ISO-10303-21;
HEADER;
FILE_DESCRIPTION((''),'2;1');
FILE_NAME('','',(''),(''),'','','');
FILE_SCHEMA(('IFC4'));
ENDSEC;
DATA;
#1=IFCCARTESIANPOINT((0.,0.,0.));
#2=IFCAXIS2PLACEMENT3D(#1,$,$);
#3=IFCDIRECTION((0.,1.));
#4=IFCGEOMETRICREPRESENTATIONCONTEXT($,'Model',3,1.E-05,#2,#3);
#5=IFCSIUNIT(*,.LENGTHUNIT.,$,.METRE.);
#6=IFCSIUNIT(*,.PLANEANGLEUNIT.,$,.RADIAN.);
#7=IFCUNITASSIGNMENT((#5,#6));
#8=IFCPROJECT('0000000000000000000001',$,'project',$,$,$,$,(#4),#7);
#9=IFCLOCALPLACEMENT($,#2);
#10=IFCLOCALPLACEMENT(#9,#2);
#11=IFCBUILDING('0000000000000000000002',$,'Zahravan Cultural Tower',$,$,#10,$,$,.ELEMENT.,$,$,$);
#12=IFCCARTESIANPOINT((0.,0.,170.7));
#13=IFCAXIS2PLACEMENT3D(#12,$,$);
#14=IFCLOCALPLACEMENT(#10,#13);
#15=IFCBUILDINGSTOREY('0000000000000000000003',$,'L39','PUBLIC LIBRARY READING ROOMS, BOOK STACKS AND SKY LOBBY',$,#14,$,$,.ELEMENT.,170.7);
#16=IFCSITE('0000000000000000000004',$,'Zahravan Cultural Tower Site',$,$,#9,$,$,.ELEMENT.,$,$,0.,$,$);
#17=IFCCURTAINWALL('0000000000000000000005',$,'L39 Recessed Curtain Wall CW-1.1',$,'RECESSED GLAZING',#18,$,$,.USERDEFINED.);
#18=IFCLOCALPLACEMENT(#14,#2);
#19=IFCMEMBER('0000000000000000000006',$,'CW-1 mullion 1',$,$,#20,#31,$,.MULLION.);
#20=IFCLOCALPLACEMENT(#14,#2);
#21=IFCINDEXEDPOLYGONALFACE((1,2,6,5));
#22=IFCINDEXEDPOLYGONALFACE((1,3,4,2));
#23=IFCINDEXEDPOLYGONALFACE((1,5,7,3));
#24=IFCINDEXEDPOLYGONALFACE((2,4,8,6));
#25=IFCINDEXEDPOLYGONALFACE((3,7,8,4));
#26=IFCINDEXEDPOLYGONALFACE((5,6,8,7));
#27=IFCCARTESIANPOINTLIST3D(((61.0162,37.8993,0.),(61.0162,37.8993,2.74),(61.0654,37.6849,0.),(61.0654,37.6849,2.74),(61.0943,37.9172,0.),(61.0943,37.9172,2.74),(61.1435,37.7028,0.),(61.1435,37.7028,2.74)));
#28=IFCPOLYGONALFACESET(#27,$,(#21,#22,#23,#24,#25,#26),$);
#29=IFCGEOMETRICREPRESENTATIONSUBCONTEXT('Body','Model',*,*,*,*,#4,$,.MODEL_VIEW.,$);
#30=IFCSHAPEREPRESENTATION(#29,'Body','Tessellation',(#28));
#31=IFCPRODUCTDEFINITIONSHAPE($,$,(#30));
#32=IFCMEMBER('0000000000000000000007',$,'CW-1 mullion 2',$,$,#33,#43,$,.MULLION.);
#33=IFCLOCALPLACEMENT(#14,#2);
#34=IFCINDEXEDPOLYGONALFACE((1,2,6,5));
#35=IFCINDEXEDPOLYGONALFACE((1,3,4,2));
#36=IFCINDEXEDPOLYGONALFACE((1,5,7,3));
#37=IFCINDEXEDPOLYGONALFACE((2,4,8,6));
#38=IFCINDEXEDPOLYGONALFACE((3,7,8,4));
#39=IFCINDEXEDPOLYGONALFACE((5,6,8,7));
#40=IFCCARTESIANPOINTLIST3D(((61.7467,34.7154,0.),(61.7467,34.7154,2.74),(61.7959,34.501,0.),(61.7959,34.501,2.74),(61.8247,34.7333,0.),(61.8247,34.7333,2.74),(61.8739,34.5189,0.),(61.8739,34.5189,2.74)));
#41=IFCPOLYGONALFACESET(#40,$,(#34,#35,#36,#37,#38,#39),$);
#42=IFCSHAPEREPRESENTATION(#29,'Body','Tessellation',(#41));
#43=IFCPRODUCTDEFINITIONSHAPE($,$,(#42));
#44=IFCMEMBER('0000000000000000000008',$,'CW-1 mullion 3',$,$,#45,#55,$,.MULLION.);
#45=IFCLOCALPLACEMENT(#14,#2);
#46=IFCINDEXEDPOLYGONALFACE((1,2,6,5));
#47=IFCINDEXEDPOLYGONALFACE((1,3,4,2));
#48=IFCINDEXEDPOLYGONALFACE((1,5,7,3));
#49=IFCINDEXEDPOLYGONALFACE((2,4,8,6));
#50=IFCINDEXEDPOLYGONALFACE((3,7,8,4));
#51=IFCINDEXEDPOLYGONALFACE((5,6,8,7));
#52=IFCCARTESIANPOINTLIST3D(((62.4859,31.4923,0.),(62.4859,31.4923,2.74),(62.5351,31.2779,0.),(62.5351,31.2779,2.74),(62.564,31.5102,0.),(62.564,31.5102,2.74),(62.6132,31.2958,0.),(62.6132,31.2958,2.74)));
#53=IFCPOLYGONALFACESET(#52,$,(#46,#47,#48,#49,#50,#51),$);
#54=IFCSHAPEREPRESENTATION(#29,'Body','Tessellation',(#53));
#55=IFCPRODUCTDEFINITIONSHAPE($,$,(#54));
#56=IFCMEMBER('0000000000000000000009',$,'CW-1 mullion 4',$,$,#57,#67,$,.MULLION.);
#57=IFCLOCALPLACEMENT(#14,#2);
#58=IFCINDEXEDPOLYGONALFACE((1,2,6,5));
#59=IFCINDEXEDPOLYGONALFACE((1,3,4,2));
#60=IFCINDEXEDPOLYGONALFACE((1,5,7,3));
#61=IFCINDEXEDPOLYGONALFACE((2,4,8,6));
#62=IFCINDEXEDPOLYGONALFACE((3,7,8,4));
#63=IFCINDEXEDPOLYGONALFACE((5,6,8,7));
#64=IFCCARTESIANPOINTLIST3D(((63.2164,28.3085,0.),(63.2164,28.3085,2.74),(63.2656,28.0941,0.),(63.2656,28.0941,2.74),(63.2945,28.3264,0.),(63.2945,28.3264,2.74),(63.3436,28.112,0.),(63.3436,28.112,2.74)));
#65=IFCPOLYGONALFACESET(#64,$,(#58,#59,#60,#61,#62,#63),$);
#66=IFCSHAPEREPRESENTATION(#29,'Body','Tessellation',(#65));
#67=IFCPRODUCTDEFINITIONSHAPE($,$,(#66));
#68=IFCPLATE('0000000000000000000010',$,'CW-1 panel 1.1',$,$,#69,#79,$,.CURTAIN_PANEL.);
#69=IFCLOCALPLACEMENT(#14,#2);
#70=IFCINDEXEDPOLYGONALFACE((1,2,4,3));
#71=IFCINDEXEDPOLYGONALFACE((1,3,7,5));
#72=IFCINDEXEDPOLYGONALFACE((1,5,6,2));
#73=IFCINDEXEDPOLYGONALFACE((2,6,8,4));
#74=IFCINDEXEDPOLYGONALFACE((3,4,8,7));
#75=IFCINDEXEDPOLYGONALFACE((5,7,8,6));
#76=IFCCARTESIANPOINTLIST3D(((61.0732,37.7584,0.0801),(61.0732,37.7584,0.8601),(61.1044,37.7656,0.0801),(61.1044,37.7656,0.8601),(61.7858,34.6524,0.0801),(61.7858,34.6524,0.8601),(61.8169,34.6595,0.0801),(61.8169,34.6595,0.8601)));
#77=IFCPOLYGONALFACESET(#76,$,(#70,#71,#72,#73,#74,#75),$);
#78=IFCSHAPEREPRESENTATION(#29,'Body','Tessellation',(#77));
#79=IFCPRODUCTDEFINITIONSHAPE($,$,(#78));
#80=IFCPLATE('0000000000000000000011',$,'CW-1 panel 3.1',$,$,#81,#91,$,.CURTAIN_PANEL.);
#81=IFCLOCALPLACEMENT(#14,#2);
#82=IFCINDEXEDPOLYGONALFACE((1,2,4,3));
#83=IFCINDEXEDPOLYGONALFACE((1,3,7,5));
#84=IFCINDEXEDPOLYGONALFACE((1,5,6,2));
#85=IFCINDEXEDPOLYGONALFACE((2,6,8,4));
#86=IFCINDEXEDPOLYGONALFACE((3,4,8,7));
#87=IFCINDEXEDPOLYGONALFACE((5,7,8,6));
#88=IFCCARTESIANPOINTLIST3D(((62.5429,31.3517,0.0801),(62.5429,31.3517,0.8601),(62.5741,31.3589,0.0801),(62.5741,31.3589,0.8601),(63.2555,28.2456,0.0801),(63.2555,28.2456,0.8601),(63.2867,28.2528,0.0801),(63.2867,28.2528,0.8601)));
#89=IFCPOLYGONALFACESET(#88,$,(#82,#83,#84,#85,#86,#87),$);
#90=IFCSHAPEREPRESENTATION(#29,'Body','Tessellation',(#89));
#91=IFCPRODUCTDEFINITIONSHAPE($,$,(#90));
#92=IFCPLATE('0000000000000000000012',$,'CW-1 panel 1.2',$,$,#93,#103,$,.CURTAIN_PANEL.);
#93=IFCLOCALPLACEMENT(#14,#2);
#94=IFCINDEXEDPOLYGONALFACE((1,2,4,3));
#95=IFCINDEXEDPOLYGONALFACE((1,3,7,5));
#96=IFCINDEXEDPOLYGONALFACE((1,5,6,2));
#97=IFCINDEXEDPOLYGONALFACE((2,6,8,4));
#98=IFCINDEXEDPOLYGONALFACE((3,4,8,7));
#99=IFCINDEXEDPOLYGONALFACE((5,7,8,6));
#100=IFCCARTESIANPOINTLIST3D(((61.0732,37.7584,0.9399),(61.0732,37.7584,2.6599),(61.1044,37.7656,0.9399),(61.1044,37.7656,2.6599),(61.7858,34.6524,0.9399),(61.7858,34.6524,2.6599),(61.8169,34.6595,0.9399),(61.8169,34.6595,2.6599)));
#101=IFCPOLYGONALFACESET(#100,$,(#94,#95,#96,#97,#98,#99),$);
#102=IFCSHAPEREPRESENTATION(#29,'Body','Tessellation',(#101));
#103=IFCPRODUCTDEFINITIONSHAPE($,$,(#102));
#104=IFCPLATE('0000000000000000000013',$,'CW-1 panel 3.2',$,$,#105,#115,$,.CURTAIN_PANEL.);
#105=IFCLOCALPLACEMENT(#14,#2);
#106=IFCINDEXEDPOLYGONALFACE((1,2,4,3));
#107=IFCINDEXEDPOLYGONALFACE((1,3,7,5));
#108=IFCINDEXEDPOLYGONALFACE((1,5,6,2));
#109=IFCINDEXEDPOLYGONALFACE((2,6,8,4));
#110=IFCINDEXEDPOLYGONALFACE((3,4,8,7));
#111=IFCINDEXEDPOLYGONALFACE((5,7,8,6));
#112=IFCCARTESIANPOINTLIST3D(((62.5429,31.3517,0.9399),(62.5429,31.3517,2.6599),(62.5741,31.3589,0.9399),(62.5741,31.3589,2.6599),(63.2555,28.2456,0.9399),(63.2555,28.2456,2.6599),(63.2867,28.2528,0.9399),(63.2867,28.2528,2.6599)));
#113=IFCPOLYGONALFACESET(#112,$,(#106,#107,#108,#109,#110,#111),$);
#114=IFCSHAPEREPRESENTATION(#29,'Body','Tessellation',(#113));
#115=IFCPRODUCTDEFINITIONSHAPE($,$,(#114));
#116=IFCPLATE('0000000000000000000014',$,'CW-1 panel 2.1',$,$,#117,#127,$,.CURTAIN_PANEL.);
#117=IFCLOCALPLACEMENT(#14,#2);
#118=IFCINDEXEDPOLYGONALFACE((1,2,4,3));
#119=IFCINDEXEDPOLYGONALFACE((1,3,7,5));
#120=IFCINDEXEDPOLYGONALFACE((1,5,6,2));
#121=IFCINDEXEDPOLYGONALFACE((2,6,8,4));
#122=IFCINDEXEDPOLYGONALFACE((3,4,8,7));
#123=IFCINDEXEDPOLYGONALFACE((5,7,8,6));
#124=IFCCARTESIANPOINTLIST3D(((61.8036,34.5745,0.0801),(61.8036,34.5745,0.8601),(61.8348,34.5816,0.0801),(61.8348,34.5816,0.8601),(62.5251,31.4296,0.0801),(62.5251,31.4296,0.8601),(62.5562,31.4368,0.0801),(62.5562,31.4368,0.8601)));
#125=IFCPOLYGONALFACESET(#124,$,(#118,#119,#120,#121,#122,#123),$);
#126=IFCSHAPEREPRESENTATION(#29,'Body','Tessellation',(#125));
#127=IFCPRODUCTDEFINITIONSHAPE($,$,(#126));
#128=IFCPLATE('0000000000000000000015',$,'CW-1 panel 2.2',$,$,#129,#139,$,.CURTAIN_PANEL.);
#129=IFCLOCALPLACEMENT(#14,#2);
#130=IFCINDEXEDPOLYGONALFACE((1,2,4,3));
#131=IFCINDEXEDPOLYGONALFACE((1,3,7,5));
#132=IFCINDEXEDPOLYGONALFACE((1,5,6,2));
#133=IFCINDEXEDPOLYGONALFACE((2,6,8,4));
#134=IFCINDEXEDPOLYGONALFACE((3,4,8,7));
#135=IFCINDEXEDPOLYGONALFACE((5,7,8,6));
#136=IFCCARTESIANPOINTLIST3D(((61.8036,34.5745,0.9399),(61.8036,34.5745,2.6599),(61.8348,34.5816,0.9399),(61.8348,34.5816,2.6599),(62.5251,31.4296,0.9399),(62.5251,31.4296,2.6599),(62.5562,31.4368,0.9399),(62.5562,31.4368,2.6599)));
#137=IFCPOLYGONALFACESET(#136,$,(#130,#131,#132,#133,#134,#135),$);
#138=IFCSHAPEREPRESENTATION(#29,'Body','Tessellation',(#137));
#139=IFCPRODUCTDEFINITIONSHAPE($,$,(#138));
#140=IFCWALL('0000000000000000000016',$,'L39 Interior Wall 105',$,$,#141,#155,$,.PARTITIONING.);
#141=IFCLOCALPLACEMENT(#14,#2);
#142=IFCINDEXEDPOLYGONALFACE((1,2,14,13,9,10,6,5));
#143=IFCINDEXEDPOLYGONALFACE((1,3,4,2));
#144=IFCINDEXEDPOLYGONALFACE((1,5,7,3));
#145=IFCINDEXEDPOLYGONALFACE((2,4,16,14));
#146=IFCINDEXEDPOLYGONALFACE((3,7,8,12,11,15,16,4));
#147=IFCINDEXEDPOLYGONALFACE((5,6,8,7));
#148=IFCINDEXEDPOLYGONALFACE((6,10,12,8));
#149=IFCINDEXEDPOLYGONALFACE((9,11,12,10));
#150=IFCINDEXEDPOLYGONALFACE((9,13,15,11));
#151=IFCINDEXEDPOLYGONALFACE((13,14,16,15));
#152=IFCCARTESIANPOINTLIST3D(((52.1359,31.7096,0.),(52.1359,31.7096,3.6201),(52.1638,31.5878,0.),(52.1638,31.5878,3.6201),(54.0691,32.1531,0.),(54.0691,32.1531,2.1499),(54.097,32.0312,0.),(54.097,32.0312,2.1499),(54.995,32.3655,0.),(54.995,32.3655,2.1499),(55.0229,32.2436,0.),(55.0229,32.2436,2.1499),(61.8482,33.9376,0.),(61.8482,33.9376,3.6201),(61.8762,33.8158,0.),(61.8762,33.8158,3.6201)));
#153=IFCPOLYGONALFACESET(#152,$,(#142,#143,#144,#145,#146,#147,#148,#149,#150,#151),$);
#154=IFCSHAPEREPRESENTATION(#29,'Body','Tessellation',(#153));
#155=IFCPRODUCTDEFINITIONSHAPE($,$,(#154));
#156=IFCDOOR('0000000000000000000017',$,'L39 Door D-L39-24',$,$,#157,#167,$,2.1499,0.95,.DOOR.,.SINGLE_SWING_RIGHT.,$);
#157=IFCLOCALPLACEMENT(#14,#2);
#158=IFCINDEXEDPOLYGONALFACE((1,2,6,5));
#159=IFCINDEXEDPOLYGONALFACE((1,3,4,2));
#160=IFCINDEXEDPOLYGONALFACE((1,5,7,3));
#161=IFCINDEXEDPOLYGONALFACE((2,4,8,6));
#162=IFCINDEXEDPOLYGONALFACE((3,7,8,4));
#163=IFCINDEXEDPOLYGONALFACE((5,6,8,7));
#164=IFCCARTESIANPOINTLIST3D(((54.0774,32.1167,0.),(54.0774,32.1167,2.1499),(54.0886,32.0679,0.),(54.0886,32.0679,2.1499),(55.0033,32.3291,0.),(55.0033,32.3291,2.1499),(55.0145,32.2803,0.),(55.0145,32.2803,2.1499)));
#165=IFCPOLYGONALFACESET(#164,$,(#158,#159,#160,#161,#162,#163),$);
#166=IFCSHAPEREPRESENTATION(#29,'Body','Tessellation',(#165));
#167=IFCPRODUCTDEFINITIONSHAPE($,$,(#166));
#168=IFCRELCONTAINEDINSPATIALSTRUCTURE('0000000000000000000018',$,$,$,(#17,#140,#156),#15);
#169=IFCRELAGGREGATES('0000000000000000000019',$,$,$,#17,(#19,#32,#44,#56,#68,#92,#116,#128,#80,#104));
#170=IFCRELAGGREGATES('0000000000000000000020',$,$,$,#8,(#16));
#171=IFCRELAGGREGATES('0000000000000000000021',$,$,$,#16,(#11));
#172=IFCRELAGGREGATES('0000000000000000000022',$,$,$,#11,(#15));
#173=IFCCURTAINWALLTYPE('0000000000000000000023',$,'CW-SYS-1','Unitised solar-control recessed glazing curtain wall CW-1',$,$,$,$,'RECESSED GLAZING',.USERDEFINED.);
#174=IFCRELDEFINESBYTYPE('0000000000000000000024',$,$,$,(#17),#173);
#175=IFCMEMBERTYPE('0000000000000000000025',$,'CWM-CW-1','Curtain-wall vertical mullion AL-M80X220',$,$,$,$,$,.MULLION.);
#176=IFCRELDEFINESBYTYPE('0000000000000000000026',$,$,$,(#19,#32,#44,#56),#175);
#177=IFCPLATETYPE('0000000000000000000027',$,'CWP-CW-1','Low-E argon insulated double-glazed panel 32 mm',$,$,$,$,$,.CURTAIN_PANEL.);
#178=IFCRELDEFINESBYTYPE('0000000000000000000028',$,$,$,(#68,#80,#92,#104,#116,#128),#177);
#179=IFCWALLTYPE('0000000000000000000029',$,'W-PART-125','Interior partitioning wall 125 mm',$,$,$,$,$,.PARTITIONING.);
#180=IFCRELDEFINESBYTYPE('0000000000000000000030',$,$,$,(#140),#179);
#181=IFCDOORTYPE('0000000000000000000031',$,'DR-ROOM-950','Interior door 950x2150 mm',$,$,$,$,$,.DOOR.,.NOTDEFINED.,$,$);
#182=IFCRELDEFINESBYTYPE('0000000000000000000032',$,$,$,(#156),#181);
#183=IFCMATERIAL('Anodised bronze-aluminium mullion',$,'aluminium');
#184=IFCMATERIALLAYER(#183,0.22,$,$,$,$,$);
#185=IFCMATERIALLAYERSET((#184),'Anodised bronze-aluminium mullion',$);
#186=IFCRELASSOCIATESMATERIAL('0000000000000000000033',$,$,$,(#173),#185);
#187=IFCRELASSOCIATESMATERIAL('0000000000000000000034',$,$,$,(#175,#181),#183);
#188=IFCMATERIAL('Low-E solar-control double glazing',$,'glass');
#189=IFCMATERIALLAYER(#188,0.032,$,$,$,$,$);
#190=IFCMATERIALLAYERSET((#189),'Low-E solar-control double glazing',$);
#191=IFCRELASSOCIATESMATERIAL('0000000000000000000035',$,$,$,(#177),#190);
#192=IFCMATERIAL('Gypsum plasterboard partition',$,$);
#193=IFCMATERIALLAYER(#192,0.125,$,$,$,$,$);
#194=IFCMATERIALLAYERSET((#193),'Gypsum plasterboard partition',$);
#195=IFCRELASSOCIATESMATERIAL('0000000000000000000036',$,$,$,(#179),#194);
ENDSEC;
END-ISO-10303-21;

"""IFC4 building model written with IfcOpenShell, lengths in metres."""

from ifc_helpers import new_model, si_unit, direction, frame, frame_2d, origin, origin_2d, place, context, subcontext, project, spatial, rectangle, extrude, source, transform, mapped, material, layer, layer_set, material_profile, profile_set, type_object, element, fill, aggregate, save


model = new_model("IFC4")

# Units and contexts
model_context = context("Model", 3, precision=1e-05, world=origin(), true_north=direction((0.0, 1.0)))
body_context = subcontext(model_context, "Body", "Model", "MODEL_VIEW")
ifc_project = project(units=[si_unit("LENGTHUNIT", "METRE"), si_unit("PLANEANGLEUNIT", "RADIAN")], contexts=[model_context])

# Site, building, storey
site_placement = place(None, origin())
site = spatial("IfcSite", under=ifc_project, at=site_placement, Name="Zahravan Cultural Tower Site", CompositionType="ELEMENT", RefElevation=0.0)
building_placement = place(site_placement, origin())
building = spatial("IfcBuilding", under=site, at=building_placement, Name="Zahravan Cultural Tower", CompositionType="ELEMENT")
storey_placement = place(building_placement, frame((0.0, 0.0, 170.7)))
storey = spatial("IfcBuildingStorey", under=building, at=storey_placement, Name="L39", Description="PUBLIC LIBRARY READING ROOMS, BOOK STACKS AND SKY LOBBY", CompositionType="ELEMENT", Elevation=170.7)

# Curtain wall, members, plates
ifc_material_1 = material(Name="Anodised bronze-aluminium mullion", Category="aluminium")
ifc_layer_1 = layer(ifc_material_1, 0.22)
ifc_layer_set_1 = layer_set([ifc_layer_1], Name="Anodised bronze-aluminium mullion")
curtain_wall_type = type_object("IfcCurtainWallType", Name="CW-SYS-1", Description="Unitised solar-control recessed glazing curtain wall CW-1", ElementType="RECESSED GLAZING", PredefinedType="USERDEFINED", material=ifc_layer_set_1)
curtain_wall_placement = place(storey_placement, origin())
curtain_wall = element("IfcCurtainWall", 1, at=curtain_wall_placement, inside=storey, type_object=curtain_wall_type, Name="L39 Recessed Curtain Wall CW-1.1", ObjectType="RECESSED GLAZING", PredefinedType="USERDEFINED")
ifc_material_profile_1 = material_profile(ifc_material_1, rectangle(XDim=0.0801, YDim=0.22, at=origin_2d()), Name="AL-M80X220")
ifc_profile_set_1 = profile_set([ifc_material_profile_1], Name="Anodised bronze-aluminium mullion")
member_type_1 = type_object("IfcMemberType", Name="CWM-CW-1", Description="Curtain-wall vertical mullion AL-M80X220", PredefinedType="MULLION", material=ifc_profile_set_1)
shared_shape_1 = source(origin(), body_context, "Body", "SweptSolid", [
    extrude(rectangle(XDim=0.0801, YDim=0.22, at=origin_2d()), origin(), (0.0, 0.0, 1.0), 2.74),
])
member_1_placement = place(storey_placement, frame((61.0798, 37.801, 0.0), z_axis=(0.0, 0.0, 1.0), x_axis=(0.974681, 0.2236, 0.0)))
member_1 = element("IfcMember", 2, at=member_1_placement, type_object=member_type_1, Name="CW-1 mullion 1", PredefinedType="MULLION", context=body_context, shape_type="MappedRepresentation", body=[
    mapped(shared_shape_1, transform((0.0, 0.0, 0.0), x_axis=(1.0, 0.0, 0.0), y_axis=(0.0, 1.0, 0.0), z_axis=(0.0, 0.0, 1.0), scale=1.0)),
])
member_2_placement = place(storey_placement, frame((61.8103, 34.6172, 0.0), z_axis=(0.0, 0.0, 1.0), x_axis=(0.974681, 0.2236, 0.0)))
member_2 = element("IfcMember", 3, at=member_2_placement, type_object=member_type_1, Name="CW-1 mullion 2", PredefinedType="MULLION", context=body_context, shape_type="MappedRepresentation", body=[
    mapped(shared_shape_1, transform((0.0, 0.0, 0.0), x_axis=(1.0, 0.0, 0.0), y_axis=(0.0, 1.0, 0.0), z_axis=(0.0, 0.0, 1.0), scale=1.0)),
])
member_3_placement = place(storey_placement, frame((62.5496, 31.394, 0.0), z_axis=(0.0, 0.0, 1.0), x_axis=(0.974681, 0.2236, 0.0)))
member_3 = element("IfcMember", 4, at=member_3_placement, type_object=member_type_1, Name="CW-1 mullion 3", PredefinedType="MULLION", context=body_context, shape_type="MappedRepresentation", body=[
    mapped(shared_shape_1, transform((0.0, 0.0, 0.0), x_axis=(1.0, 0.0, 0.0), y_axis=(0.0, 1.0, 0.0), z_axis=(0.0, 0.0, 1.0), scale=1.0)),
])
member_4_placement = place(storey_placement, frame((63.28, 28.2102, 0.0), z_axis=(0.0, 0.0, 1.0), x_axis=(0.974681, 0.2236, 0.0)))
member_4 = element("IfcMember", 5, at=member_4_placement, type_object=member_type_1, Name="CW-1 mullion 4", PredefinedType="MULLION", context=body_context, shape_type="MappedRepresentation", body=[
    mapped(shared_shape_1, transform((0.0, 0.0, 0.0), x_axis=(1.0, 0.0, 0.0), y_axis=(0.0, 1.0, 0.0), z_axis=(0.0, 0.0, 1.0), scale=1.0)),
])
ifc_material_2 = material(Name="Low-E solar-control double glazing", Category="glass")
ifc_layer_2 = layer(ifc_material_2, 0.032)
ifc_layer_set_2 = layer_set([ifc_layer_2], Name="Low-E solar-control double glazing")
plate_type = type_object("IfcPlateType", Name="CWP-CW-1", Description="Low-E argon insulated double-glazed panel 32 mm", PredefinedType="CURTAIN_PANEL", material=ifc_layer_set_2)
shared_shape_2 = source(origin(), body_context, "Body", "SweptSolid", [
    extrude(rectangle(XDim=3.1868, YDim=0.032, at=origin_2d()), origin(), (0.0, 0.0, 1.0), 0.78),
])
plate_1_placement = place(storey_placement, frame((61.4451, 36.209, 0.0801), z_axis=(0.0, 0.0, 1.0), x_axis=(0.2236, -0.974681, 0.0)))
plate_1 = element("IfcPlate", 6, at=plate_1_placement, type_object=plate_type, Name="CW-1 panel 1.1", PredefinedType="CURTAIN_PANEL", context=body_context, shape_type="MappedRepresentation", body=[
    mapped(shared_shape_2, transform((0.0, 0.0, 0.0), x_axis=(1.0, 0.0, 0.0), y_axis=(0.0, 1.0, 0.0), z_axis=(0.0, 0.0, 1.0), scale=1.0)),
])
plate_2_placement = place(storey_placement, frame((62.9148, 29.8022, 0.0801), z_axis=(0.0, 0.0, 1.0), x_axis=(0.2236, -0.974681, 0.0)))
plate_2 = element("IfcPlate", 7, at=plate_2_placement, type_object=plate_type, Name="CW-1 panel 3.1", PredefinedType="CURTAIN_PANEL", context=body_context, shape_type="MappedRepresentation", body=[
    mapped(shared_shape_2, transform((0.0, 0.0, 0.0), x_axis=(1.0, 0.0, 0.0), y_axis=(0.0, 1.0, 0.0), z_axis=(0.0, 0.0, 1.0), scale=1.0)),
])
shared_shape_3 = source(origin(), body_context, "Body", "SweptSolid", [
    extrude(rectangle(XDim=3.1868, YDim=0.032, at=origin_2d()), origin(), (0.0, 0.0, 1.0), 1.72),
])
plate_3_placement = place(storey_placement, frame((61.4451, 36.209, 0.9399), z_axis=(0.0, 0.0, 1.0), x_axis=(0.2236, -0.974681, 0.0)))
plate_3 = element("IfcPlate", 8, at=plate_3_placement, type_object=plate_type, Name="CW-1 panel 1.2", PredefinedType="CURTAIN_PANEL", context=body_context, shape_type="MappedRepresentation", body=[
    mapped(shared_shape_3, transform((0.0, 0.0, 0.0), x_axis=(1.0, 0.0, 0.0), y_axis=(0.0, 1.0, 0.0), z_axis=(0.0, 0.0, 1.0), scale=1.0)),
])
plate_4_placement = place(storey_placement, frame((62.9148, 29.8022, 0.9399), z_axis=(0.0, 0.0, 1.0), x_axis=(0.2236, -0.974681, 0.0)))
plate_4 = element("IfcPlate", 9, at=plate_4_placement, type_object=plate_type, Name="CW-1 panel 3.2", PredefinedType="CURTAIN_PANEL", context=body_context, shape_type="MappedRepresentation", body=[
    mapped(shared_shape_3, transform((0.0, 0.0, 0.0), x_axis=(1.0, 0.0, 0.0), y_axis=(0.0, 1.0, 0.0), z_axis=(0.0, 0.0, 1.0), scale=1.0)),
])
shared_shape_4 = source(origin(), body_context, "Body", "SweptSolid", [
    extrude(rectangle(XDim=3.2266, YDim=0.032, at=origin_2d()), origin(), (0.0, 0.0, 1.0), 0.78),
])
plate_5_placement = place(storey_placement, frame((62.1799, 33.0056, 0.0801), z_axis=(0.0, 0.0, 1.0), x_axis=(0.2236, -0.974681, 0.0)))
plate_5 = element("IfcPlate", 10, at=plate_5_placement, type_object=plate_type, Name="CW-1 panel 2.1", PredefinedType="CURTAIN_PANEL", context=body_context, shape_type="MappedRepresentation", body=[
    mapped(shared_shape_4, transform((0.0, 0.0, 0.0), x_axis=(1.0, 0.0, 0.0), y_axis=(0.0, 1.0, 0.0), z_axis=(0.0, 0.0, 1.0), scale=1.0)),
])
shared_shape_5 = source(origin(), body_context, "Body", "SweptSolid", [
    extrude(rectangle(XDim=3.2266, YDim=0.032, at=origin_2d()), origin(), (0.0, 0.0, 1.0), 1.72),
])
plate_6_placement = place(storey_placement, frame((62.1799, 33.0056, 0.9399), z_axis=(0.0, 0.0, 1.0), x_axis=(0.2236, -0.974681, 0.0)))
plate_6 = element("IfcPlate", 11, at=plate_6_placement, type_object=plate_type, Name="CW-1 panel 2.2", PredefinedType="CURTAIN_PANEL", context=body_context, shape_type="MappedRepresentation", body=[
    mapped(shared_shape_5, transform((0.0, 0.0, 0.0), x_axis=(1.0, 0.0, 0.0), y_axis=(0.0, 1.0, 0.0), z_axis=(0.0, 0.0, 1.0), scale=1.0)),
])
aggregate(curtain_wall, [member_1, member_2, member_3, member_4, plate_1, plate_3, plate_5, plate_6, plate_2, plate_4])

# Wall, opening, door
ifc_material_3 = material(Name="Gypsum plasterboard partition")
ifc_layer_3 = layer(ifc_material_3, 0.125)
ifc_layer_set_3 = layer_set([ifc_layer_3], Name="Gypsum plasterboard partition")
wall_type_1 = type_object("IfcWallType", Name="W-PART-125", Description="Interior partitioning wall 125 mm", PredefinedType="PARTITIONING", material=ifc_layer_set_3)
wall_1_placement = place(storey_placement, frame((61.8623, 33.8767, 0.0), z_axis=(0.0, 0.0, 1.0), x_axis=(-0.974683, -0.223592, 0.0)))
wall_1 = element("IfcWall", 12, at=wall_1_placement, inside=storey, type_object=wall_type_1, Name="L39 Interior Wall 105", PredefinedType="PARTITIONING", context=body_context, shape_type="SweptSolid", body=[
    extrude(rectangle(XDim=9.9646, YDim=0.125, at=frame_2d((4.9824, 0.0))), origin(), (0.0, 0.0, 1.0), 3.6201),
])
opening_placement = place(wall_1_placement, frame((7.0312, 0.0, 0.0)))
opening = element("IfcOpeningElement", 13, at=opening_placement, cuts=wall_1, PredefinedType="OPENING", context=body_context, shape_type="SweptSolid", body=[
    extrude(rectangle(XDim=0.95, YDim=2.1499, at=frame_2d((0.4751, 1.075))), frame((0.0, 0.0725, 0.0), z_axis=(0.0, -1.0, 0.0), x_axis=(1.0, 0.0, 0.0)), (0.0, 0.0, 1.0), 0.145),
])
door_type = type_object("IfcDoorType", Name="DR-ROOM-950", Description="Interior door 950x2150 mm", OperationType="NOTDEFINED", PredefinedType="DOOR", material=ifc_material_1)
shared_shape_6 = source(origin(), body_context, "Body", "SweptSolid", [
    extrude(rectangle(XDim=0.95, YDim=2.1499, at=frame_2d((0.4751, 1.075))), frame((0.0, 0.0249, 0.0), z_axis=(0.0, -1.0, 0.0), x_axis=(1.0, 0.0, 0.0)), (0.0, 0.0, 1.0), 0.05),
])
door_placement = place(opening_placement, origin())
door = element("IfcDoor", 14, at=door_placement, inside=storey, type_object=door_type, Name="L39 Door D-L39-24", OperationType="SINGLE_SWING_RIGHT", OverallHeight=2.1499, OverallWidth=0.95, PredefinedType="DOOR", context=body_context, shape_type="MappedRepresentation", body=[
    mapped(shared_shape_6, transform((0.0, 0.0, 0.0), x_axis=(1.0, 0.0, 0.0), y_axis=(0.0, 1.0, 0.0), z_axis=(0.0, 0.0, 1.0), scale=1.0)),
])
fill(opening, door)

save(model, "model.ifc")
